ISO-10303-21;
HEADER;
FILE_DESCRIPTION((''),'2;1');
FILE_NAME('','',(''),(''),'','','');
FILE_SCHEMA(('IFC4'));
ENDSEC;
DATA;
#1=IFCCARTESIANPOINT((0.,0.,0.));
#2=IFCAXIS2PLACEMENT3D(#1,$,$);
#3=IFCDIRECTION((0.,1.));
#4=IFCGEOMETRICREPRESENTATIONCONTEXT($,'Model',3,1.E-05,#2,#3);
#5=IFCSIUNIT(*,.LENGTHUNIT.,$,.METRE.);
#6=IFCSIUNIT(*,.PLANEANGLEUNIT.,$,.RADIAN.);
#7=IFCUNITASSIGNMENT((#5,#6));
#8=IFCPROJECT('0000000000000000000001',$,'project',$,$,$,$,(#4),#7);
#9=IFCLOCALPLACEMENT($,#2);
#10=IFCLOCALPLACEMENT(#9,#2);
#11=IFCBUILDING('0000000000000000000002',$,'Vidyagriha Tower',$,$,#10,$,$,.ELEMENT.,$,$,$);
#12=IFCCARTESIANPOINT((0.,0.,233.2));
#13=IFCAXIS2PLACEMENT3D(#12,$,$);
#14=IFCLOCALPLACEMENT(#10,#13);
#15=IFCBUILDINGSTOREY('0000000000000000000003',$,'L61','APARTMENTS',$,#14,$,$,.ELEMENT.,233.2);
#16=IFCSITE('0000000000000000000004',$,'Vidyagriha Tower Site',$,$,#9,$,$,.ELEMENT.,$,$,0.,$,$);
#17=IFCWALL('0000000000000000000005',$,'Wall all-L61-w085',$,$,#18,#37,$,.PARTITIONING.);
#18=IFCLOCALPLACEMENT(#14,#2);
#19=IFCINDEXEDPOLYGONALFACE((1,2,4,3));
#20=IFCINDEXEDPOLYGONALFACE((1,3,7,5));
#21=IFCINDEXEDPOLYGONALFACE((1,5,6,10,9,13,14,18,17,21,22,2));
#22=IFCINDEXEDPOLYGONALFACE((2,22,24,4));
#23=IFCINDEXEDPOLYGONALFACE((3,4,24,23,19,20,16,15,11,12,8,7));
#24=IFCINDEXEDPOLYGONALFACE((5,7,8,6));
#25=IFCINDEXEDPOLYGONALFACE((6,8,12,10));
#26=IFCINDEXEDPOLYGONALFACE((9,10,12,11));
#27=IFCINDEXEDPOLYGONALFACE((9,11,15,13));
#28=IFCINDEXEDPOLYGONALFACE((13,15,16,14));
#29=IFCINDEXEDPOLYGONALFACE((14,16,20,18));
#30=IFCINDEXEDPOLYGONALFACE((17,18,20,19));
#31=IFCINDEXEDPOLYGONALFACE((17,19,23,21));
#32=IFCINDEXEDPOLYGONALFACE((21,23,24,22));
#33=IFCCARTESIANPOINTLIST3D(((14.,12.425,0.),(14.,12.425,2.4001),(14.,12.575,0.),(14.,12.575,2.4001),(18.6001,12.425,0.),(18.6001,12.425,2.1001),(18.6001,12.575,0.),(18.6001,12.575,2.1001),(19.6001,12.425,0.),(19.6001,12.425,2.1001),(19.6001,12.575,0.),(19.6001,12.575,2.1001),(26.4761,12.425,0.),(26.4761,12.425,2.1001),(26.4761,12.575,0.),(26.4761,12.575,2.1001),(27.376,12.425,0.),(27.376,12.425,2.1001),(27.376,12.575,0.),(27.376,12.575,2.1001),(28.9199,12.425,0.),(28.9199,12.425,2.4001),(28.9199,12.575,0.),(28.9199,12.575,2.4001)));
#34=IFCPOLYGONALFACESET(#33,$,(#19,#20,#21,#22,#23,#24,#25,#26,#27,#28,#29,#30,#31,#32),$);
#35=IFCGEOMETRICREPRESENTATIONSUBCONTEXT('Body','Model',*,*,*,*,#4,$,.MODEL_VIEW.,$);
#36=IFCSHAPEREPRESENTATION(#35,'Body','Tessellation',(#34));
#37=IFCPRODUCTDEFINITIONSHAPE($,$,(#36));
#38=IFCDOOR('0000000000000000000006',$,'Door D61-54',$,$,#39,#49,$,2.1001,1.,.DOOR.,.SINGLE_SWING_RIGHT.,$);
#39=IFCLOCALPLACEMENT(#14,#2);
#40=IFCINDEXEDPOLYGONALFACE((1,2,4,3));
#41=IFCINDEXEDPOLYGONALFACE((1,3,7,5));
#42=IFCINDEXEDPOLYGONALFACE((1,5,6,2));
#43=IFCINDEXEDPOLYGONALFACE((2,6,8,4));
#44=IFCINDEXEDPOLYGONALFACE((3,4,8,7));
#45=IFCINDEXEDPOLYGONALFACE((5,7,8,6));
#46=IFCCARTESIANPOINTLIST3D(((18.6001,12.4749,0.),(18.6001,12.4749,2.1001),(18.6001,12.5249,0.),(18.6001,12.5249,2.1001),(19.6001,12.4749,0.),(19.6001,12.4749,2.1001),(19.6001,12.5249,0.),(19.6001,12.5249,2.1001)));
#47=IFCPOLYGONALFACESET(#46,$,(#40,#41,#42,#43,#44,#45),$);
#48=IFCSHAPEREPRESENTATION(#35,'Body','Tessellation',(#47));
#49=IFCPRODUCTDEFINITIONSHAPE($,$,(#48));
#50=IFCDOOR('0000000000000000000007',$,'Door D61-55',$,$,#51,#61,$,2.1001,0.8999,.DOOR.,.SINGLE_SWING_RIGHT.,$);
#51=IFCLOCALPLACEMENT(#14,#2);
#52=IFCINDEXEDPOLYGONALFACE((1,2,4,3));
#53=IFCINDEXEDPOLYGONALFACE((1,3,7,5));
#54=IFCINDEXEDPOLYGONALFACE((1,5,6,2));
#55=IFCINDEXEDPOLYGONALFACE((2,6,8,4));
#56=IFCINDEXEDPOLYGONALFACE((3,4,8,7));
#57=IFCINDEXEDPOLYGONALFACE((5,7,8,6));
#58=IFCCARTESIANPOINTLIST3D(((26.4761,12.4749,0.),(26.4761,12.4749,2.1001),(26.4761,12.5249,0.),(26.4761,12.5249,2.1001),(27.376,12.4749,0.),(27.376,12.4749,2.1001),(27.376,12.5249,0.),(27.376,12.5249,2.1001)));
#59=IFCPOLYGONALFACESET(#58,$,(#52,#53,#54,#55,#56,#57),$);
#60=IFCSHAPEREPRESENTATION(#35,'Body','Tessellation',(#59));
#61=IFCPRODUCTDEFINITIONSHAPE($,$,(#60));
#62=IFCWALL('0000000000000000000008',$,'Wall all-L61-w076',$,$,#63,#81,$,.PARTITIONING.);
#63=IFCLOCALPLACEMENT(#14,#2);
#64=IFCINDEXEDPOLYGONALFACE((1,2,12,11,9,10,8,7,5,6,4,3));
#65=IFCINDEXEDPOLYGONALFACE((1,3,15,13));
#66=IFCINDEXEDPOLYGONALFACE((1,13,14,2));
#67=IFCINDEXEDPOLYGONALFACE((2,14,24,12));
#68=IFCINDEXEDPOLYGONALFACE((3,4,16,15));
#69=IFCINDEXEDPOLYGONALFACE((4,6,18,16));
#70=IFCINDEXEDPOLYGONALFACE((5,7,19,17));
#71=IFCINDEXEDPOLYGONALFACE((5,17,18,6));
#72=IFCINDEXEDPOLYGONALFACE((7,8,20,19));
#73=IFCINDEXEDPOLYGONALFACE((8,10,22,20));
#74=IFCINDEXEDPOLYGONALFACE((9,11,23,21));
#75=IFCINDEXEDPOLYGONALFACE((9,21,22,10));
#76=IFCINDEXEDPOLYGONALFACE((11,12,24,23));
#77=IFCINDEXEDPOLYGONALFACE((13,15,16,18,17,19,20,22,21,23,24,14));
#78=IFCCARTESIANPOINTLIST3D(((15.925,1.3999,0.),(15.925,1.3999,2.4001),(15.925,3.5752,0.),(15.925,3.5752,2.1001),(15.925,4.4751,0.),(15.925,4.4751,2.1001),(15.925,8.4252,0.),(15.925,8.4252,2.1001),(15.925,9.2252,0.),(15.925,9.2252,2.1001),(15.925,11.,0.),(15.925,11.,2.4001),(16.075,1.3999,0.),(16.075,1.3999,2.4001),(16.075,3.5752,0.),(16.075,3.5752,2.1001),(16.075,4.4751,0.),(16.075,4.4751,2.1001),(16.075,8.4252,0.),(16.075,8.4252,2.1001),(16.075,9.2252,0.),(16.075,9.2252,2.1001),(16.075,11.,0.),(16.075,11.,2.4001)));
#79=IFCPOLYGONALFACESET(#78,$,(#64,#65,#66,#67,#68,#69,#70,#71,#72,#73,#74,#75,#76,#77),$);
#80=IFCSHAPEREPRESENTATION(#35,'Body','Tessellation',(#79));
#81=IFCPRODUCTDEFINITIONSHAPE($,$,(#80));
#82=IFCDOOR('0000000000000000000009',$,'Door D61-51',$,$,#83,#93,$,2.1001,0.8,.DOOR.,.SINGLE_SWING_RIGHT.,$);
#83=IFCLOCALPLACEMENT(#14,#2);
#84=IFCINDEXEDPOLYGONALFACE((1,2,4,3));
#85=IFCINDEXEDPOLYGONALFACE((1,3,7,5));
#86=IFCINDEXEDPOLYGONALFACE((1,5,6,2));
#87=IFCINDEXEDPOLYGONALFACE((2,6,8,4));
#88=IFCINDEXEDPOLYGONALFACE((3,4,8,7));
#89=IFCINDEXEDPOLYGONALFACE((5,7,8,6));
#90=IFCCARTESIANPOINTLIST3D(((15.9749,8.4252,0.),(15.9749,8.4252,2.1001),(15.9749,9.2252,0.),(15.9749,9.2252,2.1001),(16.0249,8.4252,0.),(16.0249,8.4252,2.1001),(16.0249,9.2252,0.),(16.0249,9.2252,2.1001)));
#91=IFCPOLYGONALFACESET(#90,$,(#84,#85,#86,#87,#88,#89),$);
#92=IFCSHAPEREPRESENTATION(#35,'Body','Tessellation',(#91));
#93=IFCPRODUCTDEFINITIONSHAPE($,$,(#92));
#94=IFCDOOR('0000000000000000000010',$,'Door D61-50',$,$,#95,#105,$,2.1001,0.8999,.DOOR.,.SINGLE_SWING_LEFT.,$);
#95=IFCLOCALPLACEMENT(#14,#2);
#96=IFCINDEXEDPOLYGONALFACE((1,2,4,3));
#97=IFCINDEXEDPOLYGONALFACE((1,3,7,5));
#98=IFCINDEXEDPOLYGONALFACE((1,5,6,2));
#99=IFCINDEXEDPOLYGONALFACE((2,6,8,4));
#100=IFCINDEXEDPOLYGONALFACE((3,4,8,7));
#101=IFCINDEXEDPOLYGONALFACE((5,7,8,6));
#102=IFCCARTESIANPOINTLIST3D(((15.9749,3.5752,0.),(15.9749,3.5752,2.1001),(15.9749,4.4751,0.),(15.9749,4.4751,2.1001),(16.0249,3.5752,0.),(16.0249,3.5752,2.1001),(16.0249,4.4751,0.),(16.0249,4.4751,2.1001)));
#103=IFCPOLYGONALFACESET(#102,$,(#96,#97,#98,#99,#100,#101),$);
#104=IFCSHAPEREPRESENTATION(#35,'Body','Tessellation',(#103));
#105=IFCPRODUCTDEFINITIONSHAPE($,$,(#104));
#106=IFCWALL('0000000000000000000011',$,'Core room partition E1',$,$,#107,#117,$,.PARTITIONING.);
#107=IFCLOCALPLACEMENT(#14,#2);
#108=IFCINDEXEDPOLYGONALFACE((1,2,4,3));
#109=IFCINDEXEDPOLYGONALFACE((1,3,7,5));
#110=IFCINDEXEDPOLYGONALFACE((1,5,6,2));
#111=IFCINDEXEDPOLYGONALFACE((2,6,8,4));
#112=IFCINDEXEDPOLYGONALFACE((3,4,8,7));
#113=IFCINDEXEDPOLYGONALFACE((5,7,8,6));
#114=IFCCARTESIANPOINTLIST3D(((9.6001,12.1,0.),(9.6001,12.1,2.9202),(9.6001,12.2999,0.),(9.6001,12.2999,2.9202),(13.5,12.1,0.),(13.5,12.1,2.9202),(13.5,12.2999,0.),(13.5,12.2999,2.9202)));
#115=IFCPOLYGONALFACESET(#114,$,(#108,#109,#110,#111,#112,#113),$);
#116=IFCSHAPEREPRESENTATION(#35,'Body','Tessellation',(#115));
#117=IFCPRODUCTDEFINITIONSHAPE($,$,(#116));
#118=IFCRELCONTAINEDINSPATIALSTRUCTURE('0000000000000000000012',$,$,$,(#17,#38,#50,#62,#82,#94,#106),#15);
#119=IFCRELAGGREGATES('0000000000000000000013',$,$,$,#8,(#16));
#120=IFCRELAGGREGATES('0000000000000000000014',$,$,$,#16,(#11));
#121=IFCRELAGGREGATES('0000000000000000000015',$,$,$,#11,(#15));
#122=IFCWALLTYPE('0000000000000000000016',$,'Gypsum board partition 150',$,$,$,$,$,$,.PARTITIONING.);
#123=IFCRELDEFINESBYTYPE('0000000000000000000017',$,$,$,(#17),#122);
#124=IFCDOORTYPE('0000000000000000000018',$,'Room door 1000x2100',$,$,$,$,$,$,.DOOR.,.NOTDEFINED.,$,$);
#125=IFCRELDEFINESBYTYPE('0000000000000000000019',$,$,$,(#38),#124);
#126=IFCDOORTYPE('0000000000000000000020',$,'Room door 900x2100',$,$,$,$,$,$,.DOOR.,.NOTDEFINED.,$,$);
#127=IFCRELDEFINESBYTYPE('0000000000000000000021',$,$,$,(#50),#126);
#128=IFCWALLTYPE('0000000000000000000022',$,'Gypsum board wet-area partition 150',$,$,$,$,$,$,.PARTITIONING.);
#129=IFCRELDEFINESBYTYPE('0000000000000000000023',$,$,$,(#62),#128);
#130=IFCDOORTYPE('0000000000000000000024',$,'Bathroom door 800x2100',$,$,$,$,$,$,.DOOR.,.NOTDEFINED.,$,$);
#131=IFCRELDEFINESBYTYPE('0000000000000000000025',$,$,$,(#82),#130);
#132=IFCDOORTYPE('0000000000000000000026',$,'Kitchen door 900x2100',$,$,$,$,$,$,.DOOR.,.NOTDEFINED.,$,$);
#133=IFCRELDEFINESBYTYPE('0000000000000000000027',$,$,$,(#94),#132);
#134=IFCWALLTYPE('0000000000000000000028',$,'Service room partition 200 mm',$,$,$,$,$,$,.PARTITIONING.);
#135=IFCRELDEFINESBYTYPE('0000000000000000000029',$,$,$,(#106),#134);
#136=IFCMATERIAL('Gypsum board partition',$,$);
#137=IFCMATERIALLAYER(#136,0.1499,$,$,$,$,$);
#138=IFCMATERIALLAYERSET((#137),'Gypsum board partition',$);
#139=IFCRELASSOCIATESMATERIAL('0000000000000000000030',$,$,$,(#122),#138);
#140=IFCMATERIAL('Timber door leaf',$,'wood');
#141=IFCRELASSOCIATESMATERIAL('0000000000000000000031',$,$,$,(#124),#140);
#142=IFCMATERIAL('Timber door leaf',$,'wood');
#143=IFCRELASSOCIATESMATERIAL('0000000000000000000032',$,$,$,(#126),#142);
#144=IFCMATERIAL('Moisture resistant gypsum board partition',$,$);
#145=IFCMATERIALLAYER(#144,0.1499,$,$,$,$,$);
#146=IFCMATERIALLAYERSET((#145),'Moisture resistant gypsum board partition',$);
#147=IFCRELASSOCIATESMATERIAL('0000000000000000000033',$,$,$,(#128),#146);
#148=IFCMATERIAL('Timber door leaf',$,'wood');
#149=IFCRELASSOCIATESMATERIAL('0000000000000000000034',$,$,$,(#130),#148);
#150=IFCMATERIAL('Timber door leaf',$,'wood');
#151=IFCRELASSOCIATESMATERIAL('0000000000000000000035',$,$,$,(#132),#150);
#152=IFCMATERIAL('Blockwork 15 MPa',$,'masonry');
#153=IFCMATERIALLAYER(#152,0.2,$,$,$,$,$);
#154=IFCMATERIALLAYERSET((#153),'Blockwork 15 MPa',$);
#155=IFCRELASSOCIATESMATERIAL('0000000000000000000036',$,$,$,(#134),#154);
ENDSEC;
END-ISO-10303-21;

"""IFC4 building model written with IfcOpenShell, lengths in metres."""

from ifc_helpers import new_model, si_unit, direction, frame, frame_2d, origin, place, context, subcontext, project, spatial, rectangle, extrude, material, layer, layer_set, type_object, element, fill, save


model = new_model("IFC4")

# Units and contexts
model_context = context("Model", 3, precision=1e-05, world=origin(), true_north=direction((0.0, 1.0)))
body_context = subcontext(model_context, "Body", "Model", "MODEL_VIEW")
ifc_project = project(units=[si_unit("LENGTHUNIT", "METRE"), si_unit("PLANEANGLEUNIT", "RADIAN")], contexts=[model_context])

# Site, building, storey
site_placement = place(None, origin())
site = spatial("IfcSite", under=ifc_project, at=site_placement, Name="Vidyagriha Tower Site", CompositionType="ELEMENT", RefElevation=0.0)
building_placement = place(site_placement, origin())
building = spatial("IfcBuilding", under=site, at=building_placement, Name="Vidyagriha Tower", CompositionType="ELEMENT")
storey_placement = place(building_placement, frame((0.0, 0.0, 233.2)))
storey = spatial("IfcBuildingStorey", under=building, at=storey_placement, Name="L61", Description="APARTMENTS", CompositionType="ELEMENT", Elevation=233.2)

# Shared definitions
ifc_material_1 = material(Name="Gypsum board partition")
ifc_layer_1 = layer(ifc_material_1, 0.1499)
ifc_layer_set_1 = layer_set([ifc_layer_1], Name="Gypsum board partition")
wall_type_1 = type_object("IfcWallType", Name="Gypsum board partition 150", PredefinedType="PARTITIONING", material=ifc_layer_set_1)

# Walls, openings, doors
wall_1_placement = place(storey_placement, frame((14.0, 12.5, 0.0)))
wall_1 = element("IfcWall", 1, at=wall_1_placement, inside=storey, type_object=wall_type_1, Name="Wall all-L61-w085", PredefinedType="PARTITIONING", context=body_context, shape_type="SweptSolid", body=[
    extrude(rectangle(XDim=14.9199, YDim=0.1499, at=frame_2d((7.46, 0.0))), origin(), (0.0, 0.0, 1.0), 2.4001),
])
opening_1_placement = place(wall_1_placement, frame((4.6001, 0.0, 0.0)))
opening_1 = element("IfcOpeningElement", 2, at=opening_1_placement, cuts=wall_1, PredefinedType="OPENING", context=body_context, shape_type="SweptSolid", body=[
    extrude(rectangle(XDim=1.0, YDim=2.1001, at=frame_2d((0.5, 1.05))), frame((0.0, 0.085, 0.0), z_axis=(0.0, -1.0, 0.0), x_axis=(1.0, 0.0, 0.0)), (0.0, 0.0, 1.0), 0.1699),
])
opening_2_placement = place(wall_1_placement, frame((12.4761, 0.0, 0.0)))
opening_2 = element("IfcOpeningElement", 3, at=opening_2_placement, cuts=wall_1, PredefinedType="OPENING", context=body_context, shape_type="SweptSolid", body=[
    extrude(rectangle(XDim=0.8999, YDim=2.1001, at=frame_2d((0.45, 1.05))), frame((0.0, 0.085, 0.0), z_axis=(0.0, -1.0, 0.0), x_axis=(1.0, 0.0, 0.0)), (0.0, 0.0, 1.0), 0.1699),
])
ifc_material_2 = material(Name="Timber door leaf", Category="wood")
door_type_1 = type_object("IfcDoorType", Name="Room door 1000x2100", OperationType="NOTDEFINED", PredefinedType="DOOR", material=ifc_material_2)
door_1_placement = place(opening_1_placement, origin())
door_1 = element("IfcDoor", 4, at=door_1_placement, inside=storey, type_object=door_type_1, Name="Door D61-54", OperationType="SINGLE_SWING_RIGHT", OverallHeight=2.1001, OverallWidth=1.0, PredefinedType="DOOR", context=body_context, shape_type="SweptSolid", body=[
    extrude(rectangle(XDim=1.0, YDim=2.1001, at=frame_2d((0.5, 1.05))), frame((0.0, 0.0249, 0.0), z_axis=(0.0, -1.0, 0.0), x_axis=(1.0, 0.0, 0.0)), (0.0, 0.0, 1.0), 0.05),
])
fill(opening_1, door_1)
ifc_material_3 = material(Name="Timber door leaf", Category="wood")
door_type_2 = type_object("IfcDoorType", Name="Room door 900x2100", OperationType="NOTDEFINED", PredefinedType="DOOR", material=ifc_material_3)
door_2_placement = place(opening_2_placement, origin())
door_2 = element("IfcDoor", 5, at=door_2_placement, inside=storey, type_object=door_type_2, Name="Door D61-55", OperationType="SINGLE_SWING_RIGHT", OverallHeight=2.1001, OverallWidth=0.8999, PredefinedType="DOOR", context=body_context, shape_type="SweptSolid", body=[
    extrude(rectangle(XDim=0.8999, YDim=2.1001, at=frame_2d((0.45, 1.05))), frame((0.0, 0.0249, 0.0), z_axis=(0.0, -1.0, 0.0), x_axis=(1.0, 0.0, 0.0)), (0.0, 0.0, 1.0), 0.05),
])
fill(opening_2, door_2)
ifc_material_4 = material(Name="Moisture resistant gypsum board partition")
ifc_layer_2 = layer(ifc_material_4, 0.1499)
ifc_layer_set_2 = layer_set([ifc_layer_2], Name="Moisture resistant gypsum board partition")
wall_type_2 = type_object("IfcWallType", Name="Gypsum board wet-area partition 150", PredefinedType="PARTITIONING", material=ifc_layer_set_2)
wall_2_placement = place(storey_placement, frame((16.0, 11.0, 0.0), z_axis=(0.0, 0.0, 1.0), x_axis=(0.0, -1.0, 0.0)))
wall_2 = element("IfcWall", 6, at=wall_2_placement, inside=storey, type_object=wall_type_2, Name="Wall all-L61-w076", PredefinedType="PARTITIONING", context=body_context, shape_type="SweptSolid", body=[
    extrude(rectangle(XDim=9.6001, YDim=0.1499, at=frame_2d((4.8, 0.0))), origin(), (0.0, 0.0, 1.0), 2.4001),
])
opening_3_placement = place(wall_2_placement, frame((6.5249, 0.0, 0.0)))
opening_3 = element("IfcOpeningElement", 7, at=opening_3_placement, cuts=wall_2, PredefinedType="OPENING", context=body_context, shape_type="SweptSolid", body=[
    extrude(rectangle(XDim=0.8999, YDim=2.1001, at=frame_2d((0.45, 1.05))), frame((0.0, 0.085, 0.0), z_axis=(0.0, -1.0, 0.0), x_axis=(1.0, 0.0, 0.0)), (0.0, 0.0, 1.0), 0.1699),
])
opening_4_placement = place(wall_2_placement, frame((1.7749, 0.0, 0.0)))
opening_4 = element("IfcOpeningElement", 8, at=opening_4_placement, cuts=wall_2, PredefinedType="OPENING", context=body_context, shape_type="SweptSolid", body=[
    extrude(rectangle(XDim=0.8, YDim=2.1001, at=frame_2d((0.3999, 1.05))), frame((0.0, 0.085, 0.0), z_axis=(0.0, -1.0, 0.0), x_axis=(1.0, 0.0, 0.0)), (0.0, 0.0, 1.0), 0.1699),
])
ifc_material_5 = material(Name="Timber door leaf", Category="wood")
door_type_3 = type_object("IfcDoorType", Name="Bathroom door 800x2100", OperationType="NOTDEFINED", PredefinedType="DOOR", material=ifc_material_5)
door_3_placement = place(opening_4_placement, origin())
door_3 = element("IfcDoor", 9, at=door_3_placement, inside=storey, type_object=door_type_3, Name="Door D61-51", OperationType="SINGLE_SWING_RIGHT", OverallHeight=2.1001, OverallWidth=0.8, PredefinedType="DOOR", context=body_context, shape_type="SweptSolid", body=[
    extrude(rectangle(XDim=0.8, YDim=2.1001, at=frame_2d((0.3999, 1.05))), frame((0.0, 0.0249, 0.0), z_axis=(0.0, -1.0, 0.0), x_axis=(1.0, 0.0, 0.0)), (0.0, 0.0, 1.0), 0.05),
])
fill(opening_4, door_3)
ifc_material_6 = material(Name="Timber door leaf", Category="wood")
door_type_4 = type_object("IfcDoorType", Name="Kitchen door 900x2100", OperationType="NOTDEFINED", PredefinedType="DOOR", material=ifc_material_6)
door_4_placement = place(opening_3_placement, origin())
door_4 = element("IfcDoor", 10, at=door_4_placement, inside=storey, type_object=door_type_4, Name="Door D61-50", OperationType="SINGLE_SWING_LEFT", OverallHeight=2.1001, OverallWidth=0.8999, PredefinedType="DOOR", context=body_context, shape_type="SweptSolid", body=[
    extrude(rectangle(XDim=0.8999, YDim=2.1001, at=frame_2d((0.45, 1.05))), frame((0.0, 0.0249, 0.0), z_axis=(0.0, -1.0, 0.0), x_axis=(1.0, 0.0, 0.0)), (0.0, 0.0, 1.0), 0.05),
])
fill(opening_3, door_4)

# Wall
ifc_material_7 = material(Name="Blockwork 15 MPa", Category="masonry")
ifc_layer_3 = layer(ifc_material_7, 0.2)
ifc_layer_set_3 = layer_set([ifc_layer_3], Name="Blockwork 15 MPa")
wall_type_3 = type_object("IfcWallType", Name="Service room partition 200 mm", PredefinedType="PARTITIONING", material=ifc_layer_set_3)
wall_3_placement = place(storey_placement, frame((9.6001, 12.2, 0.0)))
element("IfcWall", 11, at=wall_3_placement, inside=storey, type_object=wall_type_3, Name="Core room partition E1", PredefinedType="PARTITIONING", context=body_context, shape_type="SweptSolid", body=[
    extrude(rectangle(XDim=3.8999, YDim=0.2, at=frame_2d((1.95, 0.0))), origin(), (0.0, 0.0, 1.0), 2.9202),
])

save(model, "model.ifc")
